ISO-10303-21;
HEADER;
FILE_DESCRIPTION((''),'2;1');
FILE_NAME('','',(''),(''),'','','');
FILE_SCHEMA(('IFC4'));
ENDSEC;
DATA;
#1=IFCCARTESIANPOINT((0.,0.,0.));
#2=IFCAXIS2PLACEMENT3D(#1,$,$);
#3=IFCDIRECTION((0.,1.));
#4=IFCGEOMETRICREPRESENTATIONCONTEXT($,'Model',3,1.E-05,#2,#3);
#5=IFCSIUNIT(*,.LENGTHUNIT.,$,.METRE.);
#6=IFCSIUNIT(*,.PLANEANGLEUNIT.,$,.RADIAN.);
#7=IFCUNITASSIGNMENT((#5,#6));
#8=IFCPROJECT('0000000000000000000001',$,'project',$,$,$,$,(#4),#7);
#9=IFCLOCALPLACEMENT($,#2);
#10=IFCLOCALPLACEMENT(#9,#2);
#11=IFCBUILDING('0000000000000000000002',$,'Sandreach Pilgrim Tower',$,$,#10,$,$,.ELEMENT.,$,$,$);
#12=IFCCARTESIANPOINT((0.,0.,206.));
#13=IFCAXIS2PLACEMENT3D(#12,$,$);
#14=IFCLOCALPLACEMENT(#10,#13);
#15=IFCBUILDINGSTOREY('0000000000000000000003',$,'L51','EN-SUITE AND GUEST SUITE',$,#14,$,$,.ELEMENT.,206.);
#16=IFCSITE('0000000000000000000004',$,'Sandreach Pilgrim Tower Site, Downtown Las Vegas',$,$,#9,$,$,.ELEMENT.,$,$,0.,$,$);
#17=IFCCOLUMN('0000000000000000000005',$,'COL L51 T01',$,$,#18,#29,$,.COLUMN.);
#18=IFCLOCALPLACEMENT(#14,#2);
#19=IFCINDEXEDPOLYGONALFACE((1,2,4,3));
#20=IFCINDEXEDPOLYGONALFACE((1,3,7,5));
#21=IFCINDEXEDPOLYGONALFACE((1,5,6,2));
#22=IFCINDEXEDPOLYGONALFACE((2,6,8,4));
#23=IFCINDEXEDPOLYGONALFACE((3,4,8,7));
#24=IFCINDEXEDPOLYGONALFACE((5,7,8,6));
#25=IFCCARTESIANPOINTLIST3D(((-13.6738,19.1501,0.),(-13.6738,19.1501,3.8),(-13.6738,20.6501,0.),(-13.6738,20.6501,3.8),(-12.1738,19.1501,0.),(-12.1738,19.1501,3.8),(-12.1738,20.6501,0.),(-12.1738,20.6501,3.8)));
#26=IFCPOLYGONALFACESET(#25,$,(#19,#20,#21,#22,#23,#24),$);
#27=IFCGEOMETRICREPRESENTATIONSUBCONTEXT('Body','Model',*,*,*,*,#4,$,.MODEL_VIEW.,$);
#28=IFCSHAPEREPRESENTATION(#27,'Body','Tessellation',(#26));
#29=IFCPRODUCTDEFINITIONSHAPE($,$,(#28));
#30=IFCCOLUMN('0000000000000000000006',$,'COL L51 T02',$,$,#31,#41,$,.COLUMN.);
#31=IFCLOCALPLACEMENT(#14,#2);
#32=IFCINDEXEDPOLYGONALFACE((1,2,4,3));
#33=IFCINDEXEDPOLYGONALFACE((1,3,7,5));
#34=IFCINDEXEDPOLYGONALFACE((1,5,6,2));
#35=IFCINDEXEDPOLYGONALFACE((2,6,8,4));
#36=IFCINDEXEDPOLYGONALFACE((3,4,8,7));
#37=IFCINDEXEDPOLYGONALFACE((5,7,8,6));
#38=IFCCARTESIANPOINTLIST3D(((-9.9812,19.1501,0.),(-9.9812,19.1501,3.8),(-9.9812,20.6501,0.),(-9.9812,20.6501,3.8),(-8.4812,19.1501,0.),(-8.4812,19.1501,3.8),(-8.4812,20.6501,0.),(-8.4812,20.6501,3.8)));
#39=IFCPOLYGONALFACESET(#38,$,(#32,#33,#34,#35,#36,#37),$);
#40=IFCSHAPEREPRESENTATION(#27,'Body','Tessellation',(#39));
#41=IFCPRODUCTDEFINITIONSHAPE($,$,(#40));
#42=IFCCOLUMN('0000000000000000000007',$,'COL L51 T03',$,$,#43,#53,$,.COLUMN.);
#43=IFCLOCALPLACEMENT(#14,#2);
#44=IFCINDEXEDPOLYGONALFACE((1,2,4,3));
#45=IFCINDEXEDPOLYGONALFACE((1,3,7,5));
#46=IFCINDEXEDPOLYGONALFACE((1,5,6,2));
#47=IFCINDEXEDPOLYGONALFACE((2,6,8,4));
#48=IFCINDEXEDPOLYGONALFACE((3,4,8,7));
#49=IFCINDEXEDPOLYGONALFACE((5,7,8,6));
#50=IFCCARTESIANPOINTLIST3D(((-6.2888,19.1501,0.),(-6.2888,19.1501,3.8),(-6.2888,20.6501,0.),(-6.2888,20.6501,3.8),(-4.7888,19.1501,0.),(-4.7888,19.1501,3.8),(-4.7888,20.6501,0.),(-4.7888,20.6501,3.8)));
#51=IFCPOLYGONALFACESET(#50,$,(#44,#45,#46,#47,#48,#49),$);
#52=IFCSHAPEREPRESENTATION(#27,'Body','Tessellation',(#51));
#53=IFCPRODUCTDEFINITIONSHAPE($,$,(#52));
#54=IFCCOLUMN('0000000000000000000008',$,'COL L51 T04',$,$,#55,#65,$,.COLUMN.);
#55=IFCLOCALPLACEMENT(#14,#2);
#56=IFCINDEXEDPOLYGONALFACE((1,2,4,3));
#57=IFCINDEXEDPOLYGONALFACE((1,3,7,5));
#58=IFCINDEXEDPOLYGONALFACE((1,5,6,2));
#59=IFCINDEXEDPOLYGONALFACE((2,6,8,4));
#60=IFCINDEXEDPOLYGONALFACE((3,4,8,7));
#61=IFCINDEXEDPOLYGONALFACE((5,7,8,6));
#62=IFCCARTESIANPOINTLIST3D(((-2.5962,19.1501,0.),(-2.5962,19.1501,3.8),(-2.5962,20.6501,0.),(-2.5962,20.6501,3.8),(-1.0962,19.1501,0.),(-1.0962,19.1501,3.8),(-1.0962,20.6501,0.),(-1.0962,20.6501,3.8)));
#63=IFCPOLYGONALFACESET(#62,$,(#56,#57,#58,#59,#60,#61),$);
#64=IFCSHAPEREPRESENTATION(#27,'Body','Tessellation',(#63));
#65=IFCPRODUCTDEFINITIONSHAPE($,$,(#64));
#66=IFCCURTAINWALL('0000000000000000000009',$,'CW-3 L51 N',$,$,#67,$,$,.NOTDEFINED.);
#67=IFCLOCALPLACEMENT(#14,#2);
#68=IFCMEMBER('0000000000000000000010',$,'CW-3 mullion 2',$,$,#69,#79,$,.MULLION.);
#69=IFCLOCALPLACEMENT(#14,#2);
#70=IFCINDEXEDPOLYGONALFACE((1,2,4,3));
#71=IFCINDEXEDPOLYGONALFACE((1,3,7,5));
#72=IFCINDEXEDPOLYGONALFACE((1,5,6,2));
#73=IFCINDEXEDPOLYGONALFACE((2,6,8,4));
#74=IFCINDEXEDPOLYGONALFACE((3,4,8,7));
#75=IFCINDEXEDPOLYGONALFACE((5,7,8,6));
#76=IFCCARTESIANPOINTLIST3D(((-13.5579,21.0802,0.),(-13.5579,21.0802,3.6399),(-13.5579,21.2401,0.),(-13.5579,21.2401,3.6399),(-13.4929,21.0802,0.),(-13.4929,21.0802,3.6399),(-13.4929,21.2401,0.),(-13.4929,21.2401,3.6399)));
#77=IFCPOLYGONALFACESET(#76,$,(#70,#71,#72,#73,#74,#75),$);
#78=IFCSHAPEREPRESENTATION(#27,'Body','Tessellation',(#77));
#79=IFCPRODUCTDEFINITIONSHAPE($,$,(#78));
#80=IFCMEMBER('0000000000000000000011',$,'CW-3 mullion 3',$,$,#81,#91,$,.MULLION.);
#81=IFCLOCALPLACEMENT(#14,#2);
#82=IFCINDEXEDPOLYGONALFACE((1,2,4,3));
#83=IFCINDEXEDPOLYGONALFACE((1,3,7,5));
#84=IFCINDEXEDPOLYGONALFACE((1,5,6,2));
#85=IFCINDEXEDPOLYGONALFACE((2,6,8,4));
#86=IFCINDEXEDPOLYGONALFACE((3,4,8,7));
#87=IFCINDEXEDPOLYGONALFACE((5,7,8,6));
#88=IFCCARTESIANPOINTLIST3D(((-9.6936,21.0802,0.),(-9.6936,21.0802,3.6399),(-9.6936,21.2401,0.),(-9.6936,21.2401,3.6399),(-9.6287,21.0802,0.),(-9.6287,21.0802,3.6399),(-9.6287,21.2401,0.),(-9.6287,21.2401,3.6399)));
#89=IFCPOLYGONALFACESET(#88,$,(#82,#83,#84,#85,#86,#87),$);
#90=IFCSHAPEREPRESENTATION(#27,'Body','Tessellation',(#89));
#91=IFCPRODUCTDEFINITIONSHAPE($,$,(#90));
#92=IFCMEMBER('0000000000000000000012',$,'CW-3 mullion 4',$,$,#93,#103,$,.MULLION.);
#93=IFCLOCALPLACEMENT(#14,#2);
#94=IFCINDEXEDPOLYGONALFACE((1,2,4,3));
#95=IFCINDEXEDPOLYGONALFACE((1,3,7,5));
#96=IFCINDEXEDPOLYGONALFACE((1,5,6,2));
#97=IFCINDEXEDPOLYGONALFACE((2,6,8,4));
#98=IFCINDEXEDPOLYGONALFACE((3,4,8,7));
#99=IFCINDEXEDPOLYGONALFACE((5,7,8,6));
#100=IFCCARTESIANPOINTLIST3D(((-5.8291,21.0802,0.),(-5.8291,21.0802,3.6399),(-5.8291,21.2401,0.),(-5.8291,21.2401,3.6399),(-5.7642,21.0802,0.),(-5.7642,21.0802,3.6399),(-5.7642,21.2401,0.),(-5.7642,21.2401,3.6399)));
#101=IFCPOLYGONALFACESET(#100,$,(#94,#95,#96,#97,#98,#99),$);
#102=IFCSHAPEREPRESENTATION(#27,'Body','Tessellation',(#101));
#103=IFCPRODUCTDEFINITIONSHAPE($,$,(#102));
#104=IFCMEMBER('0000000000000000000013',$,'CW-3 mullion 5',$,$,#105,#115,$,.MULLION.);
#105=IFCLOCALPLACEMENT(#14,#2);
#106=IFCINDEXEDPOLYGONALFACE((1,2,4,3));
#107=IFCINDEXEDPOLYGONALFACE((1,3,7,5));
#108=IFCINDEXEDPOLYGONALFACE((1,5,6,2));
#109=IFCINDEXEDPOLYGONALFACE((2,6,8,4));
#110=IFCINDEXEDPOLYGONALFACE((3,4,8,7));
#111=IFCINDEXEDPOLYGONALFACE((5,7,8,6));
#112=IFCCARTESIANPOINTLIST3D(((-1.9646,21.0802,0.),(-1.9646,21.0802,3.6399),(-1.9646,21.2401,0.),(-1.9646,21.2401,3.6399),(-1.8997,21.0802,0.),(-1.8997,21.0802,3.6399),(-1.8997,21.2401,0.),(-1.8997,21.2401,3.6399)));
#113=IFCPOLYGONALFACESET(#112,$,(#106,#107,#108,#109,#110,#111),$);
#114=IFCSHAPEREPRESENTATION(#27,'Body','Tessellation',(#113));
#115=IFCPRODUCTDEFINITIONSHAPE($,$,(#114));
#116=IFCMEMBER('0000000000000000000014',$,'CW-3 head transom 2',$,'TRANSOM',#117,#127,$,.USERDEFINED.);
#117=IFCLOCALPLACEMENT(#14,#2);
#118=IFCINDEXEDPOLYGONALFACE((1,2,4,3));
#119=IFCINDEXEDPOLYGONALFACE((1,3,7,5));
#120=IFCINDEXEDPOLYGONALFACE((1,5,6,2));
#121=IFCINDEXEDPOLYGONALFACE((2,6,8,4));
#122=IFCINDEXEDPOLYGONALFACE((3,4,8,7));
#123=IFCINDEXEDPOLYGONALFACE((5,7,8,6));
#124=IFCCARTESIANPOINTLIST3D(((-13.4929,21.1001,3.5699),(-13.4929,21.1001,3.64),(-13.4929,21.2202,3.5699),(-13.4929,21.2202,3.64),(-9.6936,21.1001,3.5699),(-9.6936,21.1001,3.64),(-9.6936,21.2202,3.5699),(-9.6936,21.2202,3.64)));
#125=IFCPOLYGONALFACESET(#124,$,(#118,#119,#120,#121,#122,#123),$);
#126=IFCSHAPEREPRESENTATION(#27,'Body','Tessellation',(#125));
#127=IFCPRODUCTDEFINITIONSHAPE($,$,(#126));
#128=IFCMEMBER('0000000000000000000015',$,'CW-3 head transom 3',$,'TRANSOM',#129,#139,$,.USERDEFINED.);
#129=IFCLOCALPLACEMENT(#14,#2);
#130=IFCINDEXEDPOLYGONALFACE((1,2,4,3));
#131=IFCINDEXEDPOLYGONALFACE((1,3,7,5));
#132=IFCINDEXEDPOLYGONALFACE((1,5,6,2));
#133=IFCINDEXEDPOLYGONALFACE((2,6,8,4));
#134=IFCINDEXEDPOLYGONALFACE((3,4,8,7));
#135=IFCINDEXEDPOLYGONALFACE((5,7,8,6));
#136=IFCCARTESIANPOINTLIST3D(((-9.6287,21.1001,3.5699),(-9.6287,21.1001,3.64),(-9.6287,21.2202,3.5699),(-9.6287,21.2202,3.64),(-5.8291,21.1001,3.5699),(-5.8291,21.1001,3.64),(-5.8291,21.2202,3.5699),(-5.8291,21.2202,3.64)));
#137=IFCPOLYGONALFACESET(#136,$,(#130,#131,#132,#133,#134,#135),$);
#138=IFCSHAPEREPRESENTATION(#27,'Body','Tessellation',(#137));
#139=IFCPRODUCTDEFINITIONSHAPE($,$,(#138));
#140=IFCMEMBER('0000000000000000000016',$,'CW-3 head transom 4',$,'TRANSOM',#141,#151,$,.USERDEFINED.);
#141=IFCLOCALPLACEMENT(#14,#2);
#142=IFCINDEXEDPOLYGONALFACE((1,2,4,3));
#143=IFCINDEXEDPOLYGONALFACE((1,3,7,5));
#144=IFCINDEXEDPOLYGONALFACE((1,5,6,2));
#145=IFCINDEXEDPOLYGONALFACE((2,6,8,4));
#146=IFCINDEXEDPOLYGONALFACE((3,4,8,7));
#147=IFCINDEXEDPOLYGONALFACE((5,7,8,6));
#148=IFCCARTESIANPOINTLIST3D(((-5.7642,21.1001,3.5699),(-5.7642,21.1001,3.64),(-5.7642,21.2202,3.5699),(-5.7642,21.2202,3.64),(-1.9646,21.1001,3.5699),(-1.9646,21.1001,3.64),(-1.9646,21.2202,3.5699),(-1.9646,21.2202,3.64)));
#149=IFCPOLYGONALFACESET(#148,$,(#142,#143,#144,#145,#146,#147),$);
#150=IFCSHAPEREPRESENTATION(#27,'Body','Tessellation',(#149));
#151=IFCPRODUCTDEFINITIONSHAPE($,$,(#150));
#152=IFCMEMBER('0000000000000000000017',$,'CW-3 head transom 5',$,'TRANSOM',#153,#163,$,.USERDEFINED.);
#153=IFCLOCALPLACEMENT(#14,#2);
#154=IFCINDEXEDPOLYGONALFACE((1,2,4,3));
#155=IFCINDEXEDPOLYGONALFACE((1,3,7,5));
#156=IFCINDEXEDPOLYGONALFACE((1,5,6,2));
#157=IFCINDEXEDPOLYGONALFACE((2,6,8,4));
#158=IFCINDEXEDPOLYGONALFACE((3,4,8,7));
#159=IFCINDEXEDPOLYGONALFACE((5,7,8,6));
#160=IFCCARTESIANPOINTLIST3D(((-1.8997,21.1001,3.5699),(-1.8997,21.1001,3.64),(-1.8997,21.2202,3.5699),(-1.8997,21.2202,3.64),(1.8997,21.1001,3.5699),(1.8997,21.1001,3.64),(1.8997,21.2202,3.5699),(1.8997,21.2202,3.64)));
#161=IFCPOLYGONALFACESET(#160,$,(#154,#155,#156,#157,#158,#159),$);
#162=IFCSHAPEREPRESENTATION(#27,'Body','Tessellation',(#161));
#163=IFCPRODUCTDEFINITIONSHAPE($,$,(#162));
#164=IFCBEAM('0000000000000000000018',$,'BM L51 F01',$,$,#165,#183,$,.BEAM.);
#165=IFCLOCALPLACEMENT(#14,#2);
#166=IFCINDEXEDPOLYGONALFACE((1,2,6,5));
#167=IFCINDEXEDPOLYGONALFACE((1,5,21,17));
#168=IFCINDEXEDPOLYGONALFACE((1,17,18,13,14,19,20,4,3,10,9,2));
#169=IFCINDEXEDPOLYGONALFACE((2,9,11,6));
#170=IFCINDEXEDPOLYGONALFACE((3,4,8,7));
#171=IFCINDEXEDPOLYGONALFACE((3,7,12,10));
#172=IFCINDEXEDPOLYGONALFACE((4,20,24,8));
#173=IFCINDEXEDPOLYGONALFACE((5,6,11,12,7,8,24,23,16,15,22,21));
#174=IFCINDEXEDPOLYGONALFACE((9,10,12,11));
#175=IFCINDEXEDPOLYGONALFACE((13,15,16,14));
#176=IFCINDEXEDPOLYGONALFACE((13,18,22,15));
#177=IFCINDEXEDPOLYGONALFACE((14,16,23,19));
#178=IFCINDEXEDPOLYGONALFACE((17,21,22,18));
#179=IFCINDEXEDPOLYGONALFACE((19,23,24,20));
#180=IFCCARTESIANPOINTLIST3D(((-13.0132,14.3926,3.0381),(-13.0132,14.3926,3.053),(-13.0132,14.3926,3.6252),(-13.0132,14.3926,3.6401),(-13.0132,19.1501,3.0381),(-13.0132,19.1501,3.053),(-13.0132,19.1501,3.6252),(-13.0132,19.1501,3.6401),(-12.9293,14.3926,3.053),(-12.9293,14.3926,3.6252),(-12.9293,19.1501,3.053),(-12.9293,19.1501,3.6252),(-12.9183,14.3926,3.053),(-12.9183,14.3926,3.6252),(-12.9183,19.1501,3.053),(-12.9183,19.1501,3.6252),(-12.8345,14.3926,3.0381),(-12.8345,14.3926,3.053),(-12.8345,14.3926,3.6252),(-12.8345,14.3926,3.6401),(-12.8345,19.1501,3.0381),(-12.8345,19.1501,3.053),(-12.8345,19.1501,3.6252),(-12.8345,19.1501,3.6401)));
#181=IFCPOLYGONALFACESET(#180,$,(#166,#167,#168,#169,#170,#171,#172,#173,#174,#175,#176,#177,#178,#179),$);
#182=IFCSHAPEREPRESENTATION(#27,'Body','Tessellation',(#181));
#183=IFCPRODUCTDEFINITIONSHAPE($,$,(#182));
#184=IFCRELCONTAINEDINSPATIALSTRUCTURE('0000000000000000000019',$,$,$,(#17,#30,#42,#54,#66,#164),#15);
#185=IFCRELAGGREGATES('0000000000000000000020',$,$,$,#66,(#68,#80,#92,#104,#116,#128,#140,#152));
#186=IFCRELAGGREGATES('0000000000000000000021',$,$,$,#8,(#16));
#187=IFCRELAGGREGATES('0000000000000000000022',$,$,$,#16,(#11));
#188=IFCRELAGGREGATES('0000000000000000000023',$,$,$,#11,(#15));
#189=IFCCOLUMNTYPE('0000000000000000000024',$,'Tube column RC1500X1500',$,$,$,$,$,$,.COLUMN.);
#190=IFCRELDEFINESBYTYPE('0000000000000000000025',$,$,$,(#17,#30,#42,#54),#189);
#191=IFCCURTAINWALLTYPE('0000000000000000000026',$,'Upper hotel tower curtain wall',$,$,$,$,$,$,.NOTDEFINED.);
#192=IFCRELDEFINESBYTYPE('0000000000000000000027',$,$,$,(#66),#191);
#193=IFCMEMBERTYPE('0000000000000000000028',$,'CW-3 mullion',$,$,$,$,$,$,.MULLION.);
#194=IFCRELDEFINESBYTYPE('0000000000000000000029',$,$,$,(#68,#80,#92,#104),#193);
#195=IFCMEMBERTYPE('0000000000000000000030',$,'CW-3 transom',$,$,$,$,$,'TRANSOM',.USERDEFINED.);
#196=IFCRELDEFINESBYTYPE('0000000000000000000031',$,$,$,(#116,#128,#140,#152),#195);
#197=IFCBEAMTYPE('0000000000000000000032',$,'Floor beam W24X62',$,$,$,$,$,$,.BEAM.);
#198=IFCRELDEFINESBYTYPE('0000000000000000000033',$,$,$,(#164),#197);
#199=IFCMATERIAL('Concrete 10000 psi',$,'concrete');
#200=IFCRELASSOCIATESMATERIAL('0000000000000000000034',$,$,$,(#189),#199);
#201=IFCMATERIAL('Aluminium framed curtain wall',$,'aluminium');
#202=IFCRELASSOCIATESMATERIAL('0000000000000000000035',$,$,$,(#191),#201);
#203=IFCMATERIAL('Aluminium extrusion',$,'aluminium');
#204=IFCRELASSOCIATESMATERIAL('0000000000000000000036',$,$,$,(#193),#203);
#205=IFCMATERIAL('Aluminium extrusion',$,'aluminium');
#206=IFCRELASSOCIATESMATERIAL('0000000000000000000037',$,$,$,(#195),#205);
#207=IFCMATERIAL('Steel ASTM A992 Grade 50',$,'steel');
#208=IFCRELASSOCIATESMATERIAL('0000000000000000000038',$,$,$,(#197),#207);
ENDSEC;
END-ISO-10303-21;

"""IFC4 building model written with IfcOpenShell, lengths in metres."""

from ifc_helpers import new_model, si_unit, direction, frame, origin, origin_2d, place, context, subcontext, project, spatial, rectangle, i_section, extrude, material, material_profile, profile_set, type_object, element, aggregate, save


model = new_model("IFC4")

# Units and contexts
model_context = context("Model", 3, precision=1e-05, world=origin(), true_north=direction((0.0, 1.0)))
body_context = subcontext(model_context, "Body", "Model", "MODEL_VIEW")
ifc_project = project(units=[si_unit("LENGTHUNIT", "METRE"), si_unit("PLANEANGLEUNIT", "RADIAN")], contexts=[model_context])

# Site, building, storey
site_placement = place(None, origin())
site = spatial("IfcSite", under=ifc_project, at=site_placement, Name="Sandreach Pilgrim Tower Site, Downtown Las Vegas", CompositionType="ELEMENT", RefElevation=0.0)
building_placement = place(site_placement, origin())
building = spatial("IfcBuilding", under=site, at=building_placement, Name="Sandreach Pilgrim Tower", CompositionType="ELEMENT")
storey_placement = place(building_placement, frame((0.0, 0.0, 206.0)))
storey = spatial("IfcBuildingStorey", under=building, at=storey_placement, Name="L51", Description="EN-SUITE AND GUEST SUITE", CompositionType="ELEMENT", Elevation=206.0)

# Columns
ifc_material_1 = material(Name="Concrete 10000 psi", Category="concrete")
ifc_material_profile_1 = material_profile(ifc_material_1, rectangle(XDim=1.5, YDim=1.5, at=origin_2d()), Name="RC1500X1500")
ifc_profile_set_1 = profile_set([ifc_material_profile_1], Name="Concrete 10000 psi")
column_type = type_object("IfcColumnType", Name="Tube column RC1500X1500", PredefinedType="COLUMN", material=ifc_profile_set_1)
for number, where, z_axis, x_axis, name in (
    (1, (-12.9238, 19.9001, 0.0), (0.0, 0.0, 1.0), (0.0, 1.0, 0.0), "COL L51 T01"),
    (2, (-9.2312, 19.9001, 0.0), (0.0, 0.0, 1.0), (0.0, 1.0, 0.0), "COL L51 T02"),
    (3, (-5.5388, 19.9001, 0.0), (0.0, 0.0, 1.0), (0.0, 1.0, 0.0), "COL L51 T03"),
    (4, (-1.8462, 19.9001, 0.0), (0.0, 0.0, 1.0), (0.0, 1.0, 0.0), "COL L51 T04"),
):
    element("IfcColumn", number, at=place(storey_placement, frame(where, z_axis=z_axis, x_axis=x_axis)), inside=storey, type_object=column_type, Name=name, PredefinedType="COLUMN", context=body_context, shape_type="SweptSolid", body=[
        extrude(rectangle(XDim=1.5, YDim=1.5, at=origin_2d()), origin(), (0.0, 0.0, 1.0), 3.8),
    ])

# Curtain wall, members
ifc_material_2 = material(Name="Aluminium framed curtain wall", Category="aluminium")
curtain_wall_type = type_object("IfcCurtainWallType", Name="Upper hotel tower curtain wall", PredefinedType="NOTDEFINED", material=ifc_material_2)
curtain_wall_placement = place(storey_placement, origin())
curtain_wall = element("IfcCurtainWall", 5, at=curtain_wall_placement, inside=storey, type_object=curtain_wall_type, Name="CW-3 L51 N", PredefinedType="NOTDEFINED")
ifc_material_3 = material(Name="Aluminium extrusion", Category="aluminium")
ifc_material_profile_2 = material_profile(ifc_material_3, rectangle(XDim=0.0649, YDim=0.1599, at=origin_2d()), Name="CW-3M 65X160")
ifc_profile_set_2 = profile_set([ifc_material_profile_2], Name="Aluminium extrusion")
member_type_1 = type_object("IfcMemberType", Name="CW-3 mullion", PredefinedType="MULLION", material=ifc_profile_set_2)
member_1_placement = place(storey_placement, frame((-13.5254, 21.1602, 0.0), z_axis=(0.0, 0.0, 1.0), x_axis=(1.0, 0.0, 0.0)))
member_1 = element("IfcMember", 6, at=member_1_placement, type_object=member_type_1, Name="CW-3 mullion 2", PredefinedType="MULLION", context=body_context, shape_type="SweptSolid", body=[
    extrude(rectangle(XDim=0.0649, YDim=0.1599, at=origin_2d()), origin(), (0.0, 0.0, 1.0), 3.6399),
])
member_2_placement = place(storey_placement, frame((-9.6611, 21.1602, 0.0), z_axis=(0.0, 0.0, 1.0), x_axis=(1.0, 0.0, 0.0)))
member_2 = element("IfcMember", 7, at=member_2_placement, type_object=member_type_1, Name="CW-3 mullion 3", PredefinedType="MULLION", context=body_context, shape_type="SweptSolid", body=[
    extrude(rectangle(XDim=0.0649, YDim=0.1599, at=origin_2d()), origin(), (0.0, 0.0, 1.0), 3.6399),
])
member_3_placement = place(storey_placement, frame((-5.7966, 21.1602, 0.0), z_axis=(0.0, 0.0, 1.0), x_axis=(1.0, 0.0, 0.0)))
member_3 = element("IfcMember", 8, at=member_3_placement, type_object=member_type_1, Name="CW-3 mullion 4", PredefinedType="MULLION", context=body_context, shape_type="SweptSolid", body=[
    extrude(rectangle(XDim=0.0649, YDim=0.1599, at=origin_2d()), origin(), (0.0, 0.0, 1.0), 3.6399),
])
member_4_placement = place(storey_placement, frame((-1.9321, 21.1602, 0.0), z_axis=(0.0, 0.0, 1.0), x_axis=(1.0, 0.0, 0.0)))
member_4 = element("IfcMember", 9, at=member_4_placement, type_object=member_type_1, Name="CW-3 mullion 5", PredefinedType="MULLION", context=body_context, shape_type="SweptSolid", body=[
    extrude(rectangle(XDim=0.0649, YDim=0.1599, at=origin_2d()), origin(), (0.0, 0.0, 1.0), 3.6399),
])
ifc_material_4 = material(Name="Aluminium extrusion", Category="aluminium")
ifc_material_profile_3 = material_profile(ifc_material_4, rectangle(XDim=0.1201, YDim=0.0701, at=origin_2d()), Name="CW-3T 120X70")
ifc_profile_set_3 = profile_set([ifc_material_profile_3], Name="Aluminium extrusion")
member_type_2 = type_object("IfcMemberType", Name="CW-3 transom", ElementType="TRANSOM", PredefinedType="USERDEFINED", material=ifc_profile_set_3)
member_5_placement = place(storey_placement, frame((-13.4929, 21.1602, 3.605), z_axis=(1.0, 0.0, 0.0), x_axis=(0.0, 1.0, 0.0)))
member_5 = element("IfcMember", 10, at=member_5_placement, type_object=member_type_2, Name="CW-3 head transom 2", ObjectType="TRANSOM", PredefinedType="USERDEFINED", context=body_context, shape_type="SweptSolid", body=[
    extrude(rectangle(XDim=0.1201, YDim=0.0701, at=origin_2d()), origin(), (0.0, 0.0, 1.0), 3.7993),
])
member_6_placement = place(storey_placement, frame((-9.6287, 21.1602, 3.605), z_axis=(1.0, 0.0, 0.0), x_axis=(0.0, 1.0, 0.0)))
member_6 = element("IfcMember", 11, at=member_6_placement, type_object=member_type_2, Name="CW-3 head transom 3", ObjectType="TRANSOM", PredefinedType="USERDEFINED", context=body_context, shape_type="SweptSolid", body=[
    extrude(rectangle(XDim=0.1201, YDim=0.0701, at=origin_2d()), origin(), (0.0, 0.0, 1.0), 3.7996),
])
member_7_placement = place(storey_placement, frame((-5.7642, 21.1602, 3.605), z_axis=(1.0, 0.0, 0.0), x_axis=(0.0, 1.0, 0.0)))
member_7 = element("IfcMember", 12, at=member_7_placement, type_object=member_type_2, Name="CW-3 head transom 4", ObjectType="TRANSOM", PredefinedType="USERDEFINED", context=body_context, shape_type="SweptSolid", body=[
    extrude(rectangle(XDim=0.1201, YDim=0.0701, at=origin_2d()), origin(), (0.0, 0.0, 1.0), 3.7996),
])
member_8_placement = place(storey_placement, frame((-1.8997, 21.1602, 3.605), z_axis=(1.0, 0.0, 0.0), x_axis=(0.0, 1.0, 0.0)))
member_8 = element("IfcMember", 13, at=member_8_placement, type_object=member_type_2, Name="CW-3 head transom 5", ObjectType="TRANSOM", PredefinedType="USERDEFINED", context=body_context, shape_type="SweptSolid", body=[
    extrude(rectangle(XDim=0.1201, YDim=0.0701, at=origin_2d()), origin(), (0.0, 0.0, 1.0), 3.7993),
])

# Beam
ifc_material_5 = material(Name="Steel ASTM A992 Grade 50", Category="steel")
ifc_material_profile_4 = material_profile(ifc_material_5, i_section(OverallWidth=0.1787, OverallDepth=0.6021, WebThickness=0.011, FlangeThickness=0.0149, at=origin_2d()), Name="W24X62")
ifc_profile_set_4 = profile_set([ifc_material_profile_4], Name="Steel ASTM A992 Grade 50")
beam_type_1 = type_object("IfcBeamType", Name="Floor beam W24X62", PredefinedType="BEAM", material=ifc_profile_set_4)
beam_1_placement = place(storey_placement, frame((-12.9238, 19.1501, 3.3391), z_axis=(0.0, -1.0, 0.0), x_axis=(1.0, 0.0, 0.0)))
element("IfcBeam", 14, at=beam_1_placement, inside=storey, type_object=beam_type_1, Name="BM L51 F01", PredefinedType="BEAM", context=body_context, shape_type="SweptSolid", body=[
    extrude(i_section(OverallWidth=0.1787, OverallDepth=0.6021, WebThickness=0.011, FlangeThickness=0.0149, at=origin_2d()), origin(), (0.0, 0.0, 1.0), 4.7576),
])

aggregate(curtain_wall, [member_1, member_2, member_3, member_4, member_5, member_6, member_7, member_8])

save(model, "model.ifc")
